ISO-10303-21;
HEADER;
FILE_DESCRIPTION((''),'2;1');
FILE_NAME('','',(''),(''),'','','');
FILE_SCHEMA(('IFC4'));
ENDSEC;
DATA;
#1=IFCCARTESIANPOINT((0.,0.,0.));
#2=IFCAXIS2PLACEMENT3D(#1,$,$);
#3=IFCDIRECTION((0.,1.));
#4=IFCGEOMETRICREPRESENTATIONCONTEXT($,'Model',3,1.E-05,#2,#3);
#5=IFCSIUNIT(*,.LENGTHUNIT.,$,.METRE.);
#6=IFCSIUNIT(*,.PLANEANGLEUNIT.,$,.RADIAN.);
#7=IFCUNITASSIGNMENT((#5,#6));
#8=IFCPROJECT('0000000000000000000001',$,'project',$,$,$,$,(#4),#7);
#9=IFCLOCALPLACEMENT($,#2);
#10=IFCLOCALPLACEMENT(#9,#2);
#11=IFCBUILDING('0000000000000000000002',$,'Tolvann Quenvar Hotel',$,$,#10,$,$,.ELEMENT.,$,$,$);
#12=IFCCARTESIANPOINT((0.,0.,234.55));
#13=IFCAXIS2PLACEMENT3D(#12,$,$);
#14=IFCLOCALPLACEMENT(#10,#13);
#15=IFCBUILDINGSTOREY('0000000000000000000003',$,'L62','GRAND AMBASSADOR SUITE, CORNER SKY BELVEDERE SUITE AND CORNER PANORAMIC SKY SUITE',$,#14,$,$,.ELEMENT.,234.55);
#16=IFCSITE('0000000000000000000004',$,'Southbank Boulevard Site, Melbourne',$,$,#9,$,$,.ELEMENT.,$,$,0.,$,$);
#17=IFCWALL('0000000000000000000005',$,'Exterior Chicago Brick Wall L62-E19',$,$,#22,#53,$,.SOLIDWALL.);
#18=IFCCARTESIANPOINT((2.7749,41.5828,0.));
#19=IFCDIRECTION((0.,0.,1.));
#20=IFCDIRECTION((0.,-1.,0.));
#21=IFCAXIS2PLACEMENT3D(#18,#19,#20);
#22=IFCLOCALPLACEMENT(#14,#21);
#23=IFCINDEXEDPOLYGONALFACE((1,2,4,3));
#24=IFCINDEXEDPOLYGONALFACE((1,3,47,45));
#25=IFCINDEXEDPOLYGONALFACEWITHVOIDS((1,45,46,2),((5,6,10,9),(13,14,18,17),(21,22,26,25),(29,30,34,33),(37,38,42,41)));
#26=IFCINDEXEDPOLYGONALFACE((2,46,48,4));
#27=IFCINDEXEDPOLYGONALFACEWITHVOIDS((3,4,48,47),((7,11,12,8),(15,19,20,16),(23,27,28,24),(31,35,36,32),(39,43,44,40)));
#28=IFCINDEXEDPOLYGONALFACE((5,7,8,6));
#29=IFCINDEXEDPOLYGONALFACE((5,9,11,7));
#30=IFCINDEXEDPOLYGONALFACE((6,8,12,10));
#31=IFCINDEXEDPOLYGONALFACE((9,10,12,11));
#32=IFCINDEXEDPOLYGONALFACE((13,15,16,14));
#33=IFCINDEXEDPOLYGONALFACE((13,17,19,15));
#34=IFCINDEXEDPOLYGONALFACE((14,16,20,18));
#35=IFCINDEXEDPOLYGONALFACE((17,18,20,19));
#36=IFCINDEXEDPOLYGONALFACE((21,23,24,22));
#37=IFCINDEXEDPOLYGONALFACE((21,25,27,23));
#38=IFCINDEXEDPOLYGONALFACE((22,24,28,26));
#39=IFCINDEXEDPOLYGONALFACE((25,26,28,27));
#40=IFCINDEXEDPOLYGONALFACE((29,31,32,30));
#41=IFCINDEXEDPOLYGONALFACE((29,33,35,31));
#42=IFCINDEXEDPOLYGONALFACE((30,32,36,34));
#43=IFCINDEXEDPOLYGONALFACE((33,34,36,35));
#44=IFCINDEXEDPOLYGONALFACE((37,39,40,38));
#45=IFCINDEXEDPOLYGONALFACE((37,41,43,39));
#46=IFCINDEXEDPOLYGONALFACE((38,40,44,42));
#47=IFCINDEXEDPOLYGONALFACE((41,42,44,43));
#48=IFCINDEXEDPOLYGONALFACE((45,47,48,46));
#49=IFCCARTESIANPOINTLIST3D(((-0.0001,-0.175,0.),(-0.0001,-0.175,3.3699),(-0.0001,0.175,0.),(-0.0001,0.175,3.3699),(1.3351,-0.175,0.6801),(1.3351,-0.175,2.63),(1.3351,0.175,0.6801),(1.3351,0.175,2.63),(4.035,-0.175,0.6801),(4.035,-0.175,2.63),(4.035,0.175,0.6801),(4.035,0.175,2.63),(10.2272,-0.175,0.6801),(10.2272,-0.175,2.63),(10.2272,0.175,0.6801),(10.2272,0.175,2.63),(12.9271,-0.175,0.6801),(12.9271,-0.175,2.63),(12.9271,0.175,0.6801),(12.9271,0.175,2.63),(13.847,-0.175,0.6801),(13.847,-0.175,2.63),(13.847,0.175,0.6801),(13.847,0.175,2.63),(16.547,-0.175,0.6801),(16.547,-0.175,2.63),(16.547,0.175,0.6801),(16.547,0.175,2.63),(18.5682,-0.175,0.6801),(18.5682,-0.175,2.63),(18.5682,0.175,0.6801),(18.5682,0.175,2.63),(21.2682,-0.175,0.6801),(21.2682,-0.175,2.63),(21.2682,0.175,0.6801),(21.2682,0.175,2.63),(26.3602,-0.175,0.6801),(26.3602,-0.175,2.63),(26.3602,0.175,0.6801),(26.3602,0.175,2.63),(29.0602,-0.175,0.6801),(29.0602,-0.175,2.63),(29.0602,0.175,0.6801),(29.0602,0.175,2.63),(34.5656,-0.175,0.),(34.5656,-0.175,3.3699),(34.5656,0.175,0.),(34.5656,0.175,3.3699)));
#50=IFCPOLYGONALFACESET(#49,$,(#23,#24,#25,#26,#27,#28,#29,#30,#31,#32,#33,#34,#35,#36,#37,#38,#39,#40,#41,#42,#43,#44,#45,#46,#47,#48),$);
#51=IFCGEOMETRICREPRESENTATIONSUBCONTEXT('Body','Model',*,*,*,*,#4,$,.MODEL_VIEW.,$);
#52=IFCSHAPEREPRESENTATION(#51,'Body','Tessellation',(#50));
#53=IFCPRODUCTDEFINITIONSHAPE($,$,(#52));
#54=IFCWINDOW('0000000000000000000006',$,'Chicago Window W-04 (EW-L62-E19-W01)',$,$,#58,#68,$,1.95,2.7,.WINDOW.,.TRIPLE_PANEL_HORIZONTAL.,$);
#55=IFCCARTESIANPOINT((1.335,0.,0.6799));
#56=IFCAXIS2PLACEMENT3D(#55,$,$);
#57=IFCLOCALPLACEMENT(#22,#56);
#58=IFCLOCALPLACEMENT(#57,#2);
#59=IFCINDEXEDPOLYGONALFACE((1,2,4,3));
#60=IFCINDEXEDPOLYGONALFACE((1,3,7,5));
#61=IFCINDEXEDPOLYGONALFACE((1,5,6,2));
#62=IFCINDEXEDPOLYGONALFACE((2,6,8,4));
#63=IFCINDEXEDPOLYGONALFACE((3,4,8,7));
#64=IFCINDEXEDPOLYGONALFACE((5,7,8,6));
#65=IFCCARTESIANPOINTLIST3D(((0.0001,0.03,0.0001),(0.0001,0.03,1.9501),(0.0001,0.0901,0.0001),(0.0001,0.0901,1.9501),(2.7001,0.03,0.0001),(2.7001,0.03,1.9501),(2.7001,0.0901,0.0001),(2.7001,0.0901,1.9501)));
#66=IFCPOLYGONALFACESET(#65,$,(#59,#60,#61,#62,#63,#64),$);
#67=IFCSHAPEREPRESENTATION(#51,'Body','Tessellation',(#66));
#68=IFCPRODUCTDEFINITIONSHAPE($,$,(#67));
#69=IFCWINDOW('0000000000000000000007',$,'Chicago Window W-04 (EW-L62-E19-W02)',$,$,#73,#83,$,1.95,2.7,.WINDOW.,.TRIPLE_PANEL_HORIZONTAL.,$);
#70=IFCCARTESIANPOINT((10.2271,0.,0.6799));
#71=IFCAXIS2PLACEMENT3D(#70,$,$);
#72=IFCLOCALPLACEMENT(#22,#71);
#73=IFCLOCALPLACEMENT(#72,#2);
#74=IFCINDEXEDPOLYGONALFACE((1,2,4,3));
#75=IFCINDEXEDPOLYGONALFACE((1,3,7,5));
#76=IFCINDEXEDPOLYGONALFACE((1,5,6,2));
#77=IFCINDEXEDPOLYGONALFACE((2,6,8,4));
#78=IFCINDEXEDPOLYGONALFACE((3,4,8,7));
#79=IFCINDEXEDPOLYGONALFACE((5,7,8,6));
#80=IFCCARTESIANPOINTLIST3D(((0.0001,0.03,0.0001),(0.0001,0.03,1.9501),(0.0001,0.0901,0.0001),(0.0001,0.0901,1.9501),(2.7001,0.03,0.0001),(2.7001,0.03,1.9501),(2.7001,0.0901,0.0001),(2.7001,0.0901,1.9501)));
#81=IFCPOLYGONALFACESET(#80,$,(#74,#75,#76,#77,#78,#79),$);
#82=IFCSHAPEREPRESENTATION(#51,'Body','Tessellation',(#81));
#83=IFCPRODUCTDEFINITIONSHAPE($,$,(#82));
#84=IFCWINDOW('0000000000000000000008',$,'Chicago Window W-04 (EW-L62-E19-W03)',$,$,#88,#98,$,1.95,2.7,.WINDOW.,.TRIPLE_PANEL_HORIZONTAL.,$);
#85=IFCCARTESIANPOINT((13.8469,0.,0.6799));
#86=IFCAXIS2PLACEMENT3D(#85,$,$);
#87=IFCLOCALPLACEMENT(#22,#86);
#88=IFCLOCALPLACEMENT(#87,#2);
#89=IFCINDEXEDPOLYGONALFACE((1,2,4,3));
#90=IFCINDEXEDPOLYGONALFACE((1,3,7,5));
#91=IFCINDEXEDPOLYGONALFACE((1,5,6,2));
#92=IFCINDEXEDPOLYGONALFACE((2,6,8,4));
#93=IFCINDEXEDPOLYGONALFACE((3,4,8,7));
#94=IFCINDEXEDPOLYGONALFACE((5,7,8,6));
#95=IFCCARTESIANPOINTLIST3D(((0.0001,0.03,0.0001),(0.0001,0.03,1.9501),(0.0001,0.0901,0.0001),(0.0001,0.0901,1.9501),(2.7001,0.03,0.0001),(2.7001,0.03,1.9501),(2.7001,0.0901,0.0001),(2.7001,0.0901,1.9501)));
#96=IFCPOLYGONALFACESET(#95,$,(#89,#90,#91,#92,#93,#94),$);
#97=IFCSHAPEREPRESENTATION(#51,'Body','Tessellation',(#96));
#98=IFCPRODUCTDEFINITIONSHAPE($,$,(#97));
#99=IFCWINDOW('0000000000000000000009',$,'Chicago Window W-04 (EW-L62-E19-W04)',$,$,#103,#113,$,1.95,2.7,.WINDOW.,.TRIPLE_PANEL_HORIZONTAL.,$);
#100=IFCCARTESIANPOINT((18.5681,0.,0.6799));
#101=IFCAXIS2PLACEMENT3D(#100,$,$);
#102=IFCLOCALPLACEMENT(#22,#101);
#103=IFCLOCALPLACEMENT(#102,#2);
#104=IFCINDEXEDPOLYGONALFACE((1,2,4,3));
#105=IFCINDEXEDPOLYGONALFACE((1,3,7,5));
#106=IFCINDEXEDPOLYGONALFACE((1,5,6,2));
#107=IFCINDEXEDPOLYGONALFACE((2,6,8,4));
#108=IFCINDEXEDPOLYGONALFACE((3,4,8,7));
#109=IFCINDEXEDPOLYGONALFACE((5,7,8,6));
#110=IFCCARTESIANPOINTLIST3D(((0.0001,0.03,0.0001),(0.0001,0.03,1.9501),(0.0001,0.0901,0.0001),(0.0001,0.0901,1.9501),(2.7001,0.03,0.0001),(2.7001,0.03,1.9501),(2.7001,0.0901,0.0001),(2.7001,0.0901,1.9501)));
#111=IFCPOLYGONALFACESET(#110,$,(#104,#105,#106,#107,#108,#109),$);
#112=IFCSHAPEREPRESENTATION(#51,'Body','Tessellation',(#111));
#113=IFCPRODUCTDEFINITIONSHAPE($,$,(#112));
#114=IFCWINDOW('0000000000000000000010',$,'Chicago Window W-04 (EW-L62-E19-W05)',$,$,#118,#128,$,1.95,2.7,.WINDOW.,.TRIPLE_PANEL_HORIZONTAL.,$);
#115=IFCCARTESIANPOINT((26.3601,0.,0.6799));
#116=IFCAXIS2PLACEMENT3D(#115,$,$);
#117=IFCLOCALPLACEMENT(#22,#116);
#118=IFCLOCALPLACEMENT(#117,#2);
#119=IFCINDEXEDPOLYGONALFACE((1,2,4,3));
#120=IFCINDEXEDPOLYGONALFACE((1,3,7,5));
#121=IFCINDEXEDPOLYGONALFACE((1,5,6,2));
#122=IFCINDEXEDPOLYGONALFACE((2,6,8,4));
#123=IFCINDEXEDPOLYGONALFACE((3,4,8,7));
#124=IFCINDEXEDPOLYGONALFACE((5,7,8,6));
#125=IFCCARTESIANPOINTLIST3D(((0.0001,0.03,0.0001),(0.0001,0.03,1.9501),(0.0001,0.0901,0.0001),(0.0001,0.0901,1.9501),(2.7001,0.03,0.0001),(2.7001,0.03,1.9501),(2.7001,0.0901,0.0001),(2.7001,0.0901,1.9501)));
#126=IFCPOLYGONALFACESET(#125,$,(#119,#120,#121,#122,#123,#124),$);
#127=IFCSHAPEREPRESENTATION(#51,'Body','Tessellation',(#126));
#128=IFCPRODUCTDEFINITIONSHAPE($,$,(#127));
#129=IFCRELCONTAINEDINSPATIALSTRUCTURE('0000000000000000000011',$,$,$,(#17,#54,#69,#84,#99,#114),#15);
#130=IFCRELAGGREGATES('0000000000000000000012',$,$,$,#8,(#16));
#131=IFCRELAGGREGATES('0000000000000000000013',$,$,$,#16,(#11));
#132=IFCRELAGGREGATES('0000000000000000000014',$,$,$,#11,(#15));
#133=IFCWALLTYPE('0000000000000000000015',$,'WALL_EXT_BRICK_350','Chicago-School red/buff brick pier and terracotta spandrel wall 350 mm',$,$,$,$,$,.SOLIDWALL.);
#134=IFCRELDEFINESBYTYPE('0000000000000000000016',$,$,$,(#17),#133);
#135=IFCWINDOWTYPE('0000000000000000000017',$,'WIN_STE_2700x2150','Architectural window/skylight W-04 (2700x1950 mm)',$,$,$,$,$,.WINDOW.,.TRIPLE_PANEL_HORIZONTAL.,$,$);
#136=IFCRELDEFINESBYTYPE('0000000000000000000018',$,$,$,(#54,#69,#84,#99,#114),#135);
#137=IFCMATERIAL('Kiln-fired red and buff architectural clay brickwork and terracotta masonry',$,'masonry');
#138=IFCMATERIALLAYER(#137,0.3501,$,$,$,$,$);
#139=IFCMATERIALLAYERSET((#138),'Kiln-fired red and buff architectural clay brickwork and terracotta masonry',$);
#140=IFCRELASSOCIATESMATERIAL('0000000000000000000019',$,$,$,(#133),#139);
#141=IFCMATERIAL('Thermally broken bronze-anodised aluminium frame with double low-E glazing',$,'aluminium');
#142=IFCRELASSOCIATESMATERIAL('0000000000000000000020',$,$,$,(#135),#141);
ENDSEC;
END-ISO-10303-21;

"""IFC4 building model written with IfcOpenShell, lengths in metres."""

from ifc_helpers import new_model, si_unit, direction, frame, frame_2d, origin, place, context, subcontext, project, spatial, rectangle, extrude, source, transform, mapped, material, layer, layer_set, type_object, type_shapes, element, fill, save


model = new_model("IFC4")

# Units and contexts
model_context = context("Model", 3, precision=1e-05, world=origin(), true_north=direction((0.0, 1.0)))
body_context = subcontext(model_context, "Body", "Model", "MODEL_VIEW")
ifc_project = project(units=[si_unit("LENGTHUNIT", "METRE"), si_unit("PLANEANGLEUNIT", "RADIAN")], contexts=[model_context])

# Site, building, storey
site_placement = place(None, origin())
site = spatial("IfcSite", under=ifc_project, at=site_placement, Name="Southbank Boulevard Site, Melbourne", CompositionType="ELEMENT", RefElevation=0.0)
building_placement = place(site_placement, origin())
building = spatial("IfcBuilding", under=site, at=building_placement, Name="Tolvann Quenvar Hotel", CompositionType="ELEMENT")
storey_placement = place(building_placement, frame((0.0, 0.0, 234.55)))
storey = spatial("IfcBuildingStorey", under=building, at=storey_placement, Name="L62", Description="GRAND AMBASSADOR SUITE, CORNER SKY BELVEDERE SUITE AND CORNER PANORAMIC SKY SUITE", CompositionType="ELEMENT", Elevation=234.55)

# Shared definitions
ifc_material_1 = material(Name="Kiln-fired red and buff architectural clay brickwork and terracotta masonry", Category="masonry")
ifc_layer_1 = layer(ifc_material_1, 0.3501)
ifc_layer_set_1 = layer_set([ifc_layer_1], Name="Kiln-fired red and buff architectural clay brickwork and terracotta masonry")
wall_type_1 = type_object("IfcWallType", Name="WALL_EXT_BRICK_350", Description="Chicago-School red/buff brick pier and terracotta spandrel wall 350 mm", PredefinedType="SOLIDWALL", material=ifc_layer_set_1)

# Wall, openings, windows
wall_1_placement = place(storey_placement, frame((2.7749, 41.5828, 0.0), z_axis=(0.0, 0.0, 1.0), x_axis=(0.0, -1.0, 0.0)))
wall_1 = element("IfcWall", 1, at=wall_1_placement, inside=storey, type_object=wall_type_1, Name="Exterior Chicago Brick Wall L62-E19", PredefinedType="SOLIDWALL", context=body_context, shape_type="SweptSolid", body=[
    extrude(rectangle(XDim=34.5657, YDim=0.3501, at=frame_2d((17.2827, 0.0))), origin(), (0.0, 0.0, 1.0), 3.3699),
])
opening_1_placement = place(wall_1_placement, frame((1.335, 0.0, 0.6799)))
opening_1 = element("IfcOpeningElement", 2, at=opening_1_placement, cuts=wall_1, PredefinedType="OPENING", context=body_context, shape_type="SweptSolid", body=[
    extrude(rectangle(XDim=2.7, YDim=1.95, at=frame_2d((1.3501, 0.9751))), frame((0.0, 0.1851, 0.0), z_axis=(0.0, -1.0, 0.0), x_axis=(1.0, 0.0, 0.0)), (0.0, 0.0, 1.0), 0.3701),
])
opening_2_placement = place(wall_1_placement, frame((10.2271, 0.0, 0.6799)))
opening_2 = element("IfcOpeningElement", 3, at=opening_2_placement, cuts=wall_1, PredefinedType="OPENING", context=body_context, shape_type="SweptSolid", body=[
    extrude(rectangle(XDim=2.7, YDim=1.95, at=frame_2d((1.3501, 0.9751))), frame((0.0, 0.1851, 0.0), z_axis=(0.0, -1.0, 0.0), x_axis=(1.0, 0.0, 0.0)), (0.0, 0.0, 1.0), 0.3701),
])
opening_3_placement = place(wall_1_placement, frame((13.8469, 0.0, 0.6799)))
opening_3 = element("IfcOpeningElement", 4, at=opening_3_placement, cuts=wall_1, PredefinedType="OPENING", context=body_context, shape_type="SweptSolid", body=[
    extrude(rectangle(XDim=2.7, YDim=1.95, at=frame_2d((1.3501, 0.9751))), frame((0.0, 0.1851, 0.0), z_axis=(0.0, -1.0, 0.0), x_axis=(1.0, 0.0, 0.0)), (0.0, 0.0, 1.0), 0.3701),
])
opening_4_placement = place(wall_1_placement, frame((18.5681, 0.0, 0.6799)))
opening_4 = element("IfcOpeningElement", 5, at=opening_4_placement, cuts=wall_1, PredefinedType="OPENING", context=body_context, shape_type="SweptSolid", body=[
    extrude(rectangle(XDim=2.7, YDim=1.95, at=frame_2d((1.3501, 0.9751))), frame((0.0, 0.1851, 0.0), z_axis=(0.0, -1.0, 0.0), x_axis=(1.0, 0.0, 0.0)), (0.0, 0.0, 1.0), 0.3701),
])
opening_5_placement = place(wall_1_placement, frame((26.3601, 0.0, 0.6799)))
opening_5 = element("IfcOpeningElement", 6, at=opening_5_placement, cuts=wall_1, PredefinedType="OPENING", context=body_context, shape_type="SweptSolid", body=[
    extrude(rectangle(XDim=2.7, YDim=1.95, at=frame_2d((1.3501, 0.9751))), frame((0.0, 0.1851, 0.0), z_axis=(0.0, -1.0, 0.0), x_axis=(1.0, 0.0, 0.0)), (0.0, 0.0, 1.0), 0.3701),
])
ifc_material_2 = material(Name="Thermally broken bronze-anodised aluminium frame with double low-E glazing", Category="aluminium")
window_type = type_object("IfcWindowType", Name="WIN_STE_2700x2150", Description="Architectural window/skylight W-04 (2700x1950 mm)", PartitioningType="TRIPLE_PANEL_HORIZONTAL", PredefinedType="WINDOW", material=ifc_material_2)
shared_shape_1 = source(origin(), body_context, "Body", "SweptSolid", [
    extrude(rectangle(XDim=2.7, YDim=1.95, at=frame_2d((1.3501, 0.9751))), frame((0.0, 0.0901, 0.0), z_axis=(0.0, -1.0, 0.0), x_axis=(1.0, 0.0, 0.0)), (0.0, 0.0, 1.0), 0.0601),
])
type_shapes(window_type, [shared_shape_1])
window_1_placement = place(opening_1_placement, origin())
window_1 = element("IfcWindow", 7, at=window_1_placement, inside=storey, type_object=window_type, Name="Chicago Window W-04 (EW-L62-E19-W01)", OverallHeight=1.95, OverallWidth=2.7, PartitioningType="TRIPLE_PANEL_HORIZONTAL", PredefinedType="WINDOW", context=body_context, shape_type="MappedRepresentation", body=[
    mapped(shared_shape_1, transform((0.0, 0.0, 0.0), x_axis=(1.0, 0.0, 0.0), y_axis=(0.0, 1.0, 0.0), z_axis=(0.0, 0.0, 1.0), scale=1.0)),
])
fill(opening_1, window_1)
window_2_placement = place(opening_2_placement, origin())
window_2 = element("IfcWindow", 8, at=window_2_placement, inside=storey, type_object=window_type, Name="Chicago Window W-04 (EW-L62-E19-W02)", OverallHeight=1.95, OverallWidth=2.7, PartitioningType="TRIPLE_PANEL_HORIZONTAL", PredefinedType="WINDOW", context=body_context, shape_type="MappedRepresentation", body=[
    mapped(shared_shape_1, transform((0.0, 0.0, 0.0), x_axis=(1.0, 0.0, 0.0), y_axis=(0.0, 1.0, 0.0), z_axis=(0.0, 0.0, 1.0), scale=1.0)),
])
fill(opening_2, window_2)
window_3_placement = place(opening_3_placement, origin())
window_3 = element("IfcWindow", 9, at=window_3_placement, inside=storey, type_object=window_type, Name="Chicago Window W-04 (EW-L62-E19-W03)", OverallHeight=1.95, OverallWidth=2.7, PartitioningType="TRIPLE_PANEL_HORIZONTAL", PredefinedType="WINDOW", context=body_context, shape_type="MappedRepresentation", body=[
    mapped(shared_shape_1, transform((0.0, 0.0, 0.0), x_axis=(1.0, 0.0, 0.0), y_axis=(0.0, 1.0, 0.0), z_axis=(0.0, 0.0, 1.0), scale=1.0)),
])
fill(opening_3, window_3)
window_4_placement = place(opening_4_placement, origin())
window_4 = element("IfcWindow", 10, at=window_4_placement, inside=storey, type_object=window_type, Name="Chicago Window W-04 (EW-L62-E19-W04)", OverallHeight=1.95, OverallWidth=2.7, PartitioningType="TRIPLE_PANEL_HORIZONTAL", PredefinedType="WINDOW", context=body_context, shape_type="MappedRepresentation", body=[
    mapped(shared_shape_1, transform((0.0, 0.0, 0.0), x_axis=(1.0, 0.0, 0.0), y_axis=(0.0, 1.0, 0.0), z_axis=(0.0, 0.0, 1.0), scale=1.0)),
])
fill(opening_4, window_4)
window_5_placement = place(opening_5_placement, origin())
window_5 = element("IfcWindow", 11, at=window_5_placement, inside=storey, type_object=window_type, Name="Chicago Window W-04 (EW-L62-E19-W05)", OverallHeight=1.95, OverallWidth=2.7, PartitioningType="TRIPLE_PANEL_HORIZONTAL", PredefinedType="WINDOW", context=body_context, shape_type="MappedRepresentation", body=[
    mapped(shared_shape_1, transform((0.0, 0.0, 0.0), x_axis=(1.0, 0.0, 0.0), y_axis=(0.0, 1.0, 0.0), z_axis=(0.0, 0.0, 1.0), scale=1.0)),
])
fill(opening_5, window_5)

save(model, "model.ifc")
